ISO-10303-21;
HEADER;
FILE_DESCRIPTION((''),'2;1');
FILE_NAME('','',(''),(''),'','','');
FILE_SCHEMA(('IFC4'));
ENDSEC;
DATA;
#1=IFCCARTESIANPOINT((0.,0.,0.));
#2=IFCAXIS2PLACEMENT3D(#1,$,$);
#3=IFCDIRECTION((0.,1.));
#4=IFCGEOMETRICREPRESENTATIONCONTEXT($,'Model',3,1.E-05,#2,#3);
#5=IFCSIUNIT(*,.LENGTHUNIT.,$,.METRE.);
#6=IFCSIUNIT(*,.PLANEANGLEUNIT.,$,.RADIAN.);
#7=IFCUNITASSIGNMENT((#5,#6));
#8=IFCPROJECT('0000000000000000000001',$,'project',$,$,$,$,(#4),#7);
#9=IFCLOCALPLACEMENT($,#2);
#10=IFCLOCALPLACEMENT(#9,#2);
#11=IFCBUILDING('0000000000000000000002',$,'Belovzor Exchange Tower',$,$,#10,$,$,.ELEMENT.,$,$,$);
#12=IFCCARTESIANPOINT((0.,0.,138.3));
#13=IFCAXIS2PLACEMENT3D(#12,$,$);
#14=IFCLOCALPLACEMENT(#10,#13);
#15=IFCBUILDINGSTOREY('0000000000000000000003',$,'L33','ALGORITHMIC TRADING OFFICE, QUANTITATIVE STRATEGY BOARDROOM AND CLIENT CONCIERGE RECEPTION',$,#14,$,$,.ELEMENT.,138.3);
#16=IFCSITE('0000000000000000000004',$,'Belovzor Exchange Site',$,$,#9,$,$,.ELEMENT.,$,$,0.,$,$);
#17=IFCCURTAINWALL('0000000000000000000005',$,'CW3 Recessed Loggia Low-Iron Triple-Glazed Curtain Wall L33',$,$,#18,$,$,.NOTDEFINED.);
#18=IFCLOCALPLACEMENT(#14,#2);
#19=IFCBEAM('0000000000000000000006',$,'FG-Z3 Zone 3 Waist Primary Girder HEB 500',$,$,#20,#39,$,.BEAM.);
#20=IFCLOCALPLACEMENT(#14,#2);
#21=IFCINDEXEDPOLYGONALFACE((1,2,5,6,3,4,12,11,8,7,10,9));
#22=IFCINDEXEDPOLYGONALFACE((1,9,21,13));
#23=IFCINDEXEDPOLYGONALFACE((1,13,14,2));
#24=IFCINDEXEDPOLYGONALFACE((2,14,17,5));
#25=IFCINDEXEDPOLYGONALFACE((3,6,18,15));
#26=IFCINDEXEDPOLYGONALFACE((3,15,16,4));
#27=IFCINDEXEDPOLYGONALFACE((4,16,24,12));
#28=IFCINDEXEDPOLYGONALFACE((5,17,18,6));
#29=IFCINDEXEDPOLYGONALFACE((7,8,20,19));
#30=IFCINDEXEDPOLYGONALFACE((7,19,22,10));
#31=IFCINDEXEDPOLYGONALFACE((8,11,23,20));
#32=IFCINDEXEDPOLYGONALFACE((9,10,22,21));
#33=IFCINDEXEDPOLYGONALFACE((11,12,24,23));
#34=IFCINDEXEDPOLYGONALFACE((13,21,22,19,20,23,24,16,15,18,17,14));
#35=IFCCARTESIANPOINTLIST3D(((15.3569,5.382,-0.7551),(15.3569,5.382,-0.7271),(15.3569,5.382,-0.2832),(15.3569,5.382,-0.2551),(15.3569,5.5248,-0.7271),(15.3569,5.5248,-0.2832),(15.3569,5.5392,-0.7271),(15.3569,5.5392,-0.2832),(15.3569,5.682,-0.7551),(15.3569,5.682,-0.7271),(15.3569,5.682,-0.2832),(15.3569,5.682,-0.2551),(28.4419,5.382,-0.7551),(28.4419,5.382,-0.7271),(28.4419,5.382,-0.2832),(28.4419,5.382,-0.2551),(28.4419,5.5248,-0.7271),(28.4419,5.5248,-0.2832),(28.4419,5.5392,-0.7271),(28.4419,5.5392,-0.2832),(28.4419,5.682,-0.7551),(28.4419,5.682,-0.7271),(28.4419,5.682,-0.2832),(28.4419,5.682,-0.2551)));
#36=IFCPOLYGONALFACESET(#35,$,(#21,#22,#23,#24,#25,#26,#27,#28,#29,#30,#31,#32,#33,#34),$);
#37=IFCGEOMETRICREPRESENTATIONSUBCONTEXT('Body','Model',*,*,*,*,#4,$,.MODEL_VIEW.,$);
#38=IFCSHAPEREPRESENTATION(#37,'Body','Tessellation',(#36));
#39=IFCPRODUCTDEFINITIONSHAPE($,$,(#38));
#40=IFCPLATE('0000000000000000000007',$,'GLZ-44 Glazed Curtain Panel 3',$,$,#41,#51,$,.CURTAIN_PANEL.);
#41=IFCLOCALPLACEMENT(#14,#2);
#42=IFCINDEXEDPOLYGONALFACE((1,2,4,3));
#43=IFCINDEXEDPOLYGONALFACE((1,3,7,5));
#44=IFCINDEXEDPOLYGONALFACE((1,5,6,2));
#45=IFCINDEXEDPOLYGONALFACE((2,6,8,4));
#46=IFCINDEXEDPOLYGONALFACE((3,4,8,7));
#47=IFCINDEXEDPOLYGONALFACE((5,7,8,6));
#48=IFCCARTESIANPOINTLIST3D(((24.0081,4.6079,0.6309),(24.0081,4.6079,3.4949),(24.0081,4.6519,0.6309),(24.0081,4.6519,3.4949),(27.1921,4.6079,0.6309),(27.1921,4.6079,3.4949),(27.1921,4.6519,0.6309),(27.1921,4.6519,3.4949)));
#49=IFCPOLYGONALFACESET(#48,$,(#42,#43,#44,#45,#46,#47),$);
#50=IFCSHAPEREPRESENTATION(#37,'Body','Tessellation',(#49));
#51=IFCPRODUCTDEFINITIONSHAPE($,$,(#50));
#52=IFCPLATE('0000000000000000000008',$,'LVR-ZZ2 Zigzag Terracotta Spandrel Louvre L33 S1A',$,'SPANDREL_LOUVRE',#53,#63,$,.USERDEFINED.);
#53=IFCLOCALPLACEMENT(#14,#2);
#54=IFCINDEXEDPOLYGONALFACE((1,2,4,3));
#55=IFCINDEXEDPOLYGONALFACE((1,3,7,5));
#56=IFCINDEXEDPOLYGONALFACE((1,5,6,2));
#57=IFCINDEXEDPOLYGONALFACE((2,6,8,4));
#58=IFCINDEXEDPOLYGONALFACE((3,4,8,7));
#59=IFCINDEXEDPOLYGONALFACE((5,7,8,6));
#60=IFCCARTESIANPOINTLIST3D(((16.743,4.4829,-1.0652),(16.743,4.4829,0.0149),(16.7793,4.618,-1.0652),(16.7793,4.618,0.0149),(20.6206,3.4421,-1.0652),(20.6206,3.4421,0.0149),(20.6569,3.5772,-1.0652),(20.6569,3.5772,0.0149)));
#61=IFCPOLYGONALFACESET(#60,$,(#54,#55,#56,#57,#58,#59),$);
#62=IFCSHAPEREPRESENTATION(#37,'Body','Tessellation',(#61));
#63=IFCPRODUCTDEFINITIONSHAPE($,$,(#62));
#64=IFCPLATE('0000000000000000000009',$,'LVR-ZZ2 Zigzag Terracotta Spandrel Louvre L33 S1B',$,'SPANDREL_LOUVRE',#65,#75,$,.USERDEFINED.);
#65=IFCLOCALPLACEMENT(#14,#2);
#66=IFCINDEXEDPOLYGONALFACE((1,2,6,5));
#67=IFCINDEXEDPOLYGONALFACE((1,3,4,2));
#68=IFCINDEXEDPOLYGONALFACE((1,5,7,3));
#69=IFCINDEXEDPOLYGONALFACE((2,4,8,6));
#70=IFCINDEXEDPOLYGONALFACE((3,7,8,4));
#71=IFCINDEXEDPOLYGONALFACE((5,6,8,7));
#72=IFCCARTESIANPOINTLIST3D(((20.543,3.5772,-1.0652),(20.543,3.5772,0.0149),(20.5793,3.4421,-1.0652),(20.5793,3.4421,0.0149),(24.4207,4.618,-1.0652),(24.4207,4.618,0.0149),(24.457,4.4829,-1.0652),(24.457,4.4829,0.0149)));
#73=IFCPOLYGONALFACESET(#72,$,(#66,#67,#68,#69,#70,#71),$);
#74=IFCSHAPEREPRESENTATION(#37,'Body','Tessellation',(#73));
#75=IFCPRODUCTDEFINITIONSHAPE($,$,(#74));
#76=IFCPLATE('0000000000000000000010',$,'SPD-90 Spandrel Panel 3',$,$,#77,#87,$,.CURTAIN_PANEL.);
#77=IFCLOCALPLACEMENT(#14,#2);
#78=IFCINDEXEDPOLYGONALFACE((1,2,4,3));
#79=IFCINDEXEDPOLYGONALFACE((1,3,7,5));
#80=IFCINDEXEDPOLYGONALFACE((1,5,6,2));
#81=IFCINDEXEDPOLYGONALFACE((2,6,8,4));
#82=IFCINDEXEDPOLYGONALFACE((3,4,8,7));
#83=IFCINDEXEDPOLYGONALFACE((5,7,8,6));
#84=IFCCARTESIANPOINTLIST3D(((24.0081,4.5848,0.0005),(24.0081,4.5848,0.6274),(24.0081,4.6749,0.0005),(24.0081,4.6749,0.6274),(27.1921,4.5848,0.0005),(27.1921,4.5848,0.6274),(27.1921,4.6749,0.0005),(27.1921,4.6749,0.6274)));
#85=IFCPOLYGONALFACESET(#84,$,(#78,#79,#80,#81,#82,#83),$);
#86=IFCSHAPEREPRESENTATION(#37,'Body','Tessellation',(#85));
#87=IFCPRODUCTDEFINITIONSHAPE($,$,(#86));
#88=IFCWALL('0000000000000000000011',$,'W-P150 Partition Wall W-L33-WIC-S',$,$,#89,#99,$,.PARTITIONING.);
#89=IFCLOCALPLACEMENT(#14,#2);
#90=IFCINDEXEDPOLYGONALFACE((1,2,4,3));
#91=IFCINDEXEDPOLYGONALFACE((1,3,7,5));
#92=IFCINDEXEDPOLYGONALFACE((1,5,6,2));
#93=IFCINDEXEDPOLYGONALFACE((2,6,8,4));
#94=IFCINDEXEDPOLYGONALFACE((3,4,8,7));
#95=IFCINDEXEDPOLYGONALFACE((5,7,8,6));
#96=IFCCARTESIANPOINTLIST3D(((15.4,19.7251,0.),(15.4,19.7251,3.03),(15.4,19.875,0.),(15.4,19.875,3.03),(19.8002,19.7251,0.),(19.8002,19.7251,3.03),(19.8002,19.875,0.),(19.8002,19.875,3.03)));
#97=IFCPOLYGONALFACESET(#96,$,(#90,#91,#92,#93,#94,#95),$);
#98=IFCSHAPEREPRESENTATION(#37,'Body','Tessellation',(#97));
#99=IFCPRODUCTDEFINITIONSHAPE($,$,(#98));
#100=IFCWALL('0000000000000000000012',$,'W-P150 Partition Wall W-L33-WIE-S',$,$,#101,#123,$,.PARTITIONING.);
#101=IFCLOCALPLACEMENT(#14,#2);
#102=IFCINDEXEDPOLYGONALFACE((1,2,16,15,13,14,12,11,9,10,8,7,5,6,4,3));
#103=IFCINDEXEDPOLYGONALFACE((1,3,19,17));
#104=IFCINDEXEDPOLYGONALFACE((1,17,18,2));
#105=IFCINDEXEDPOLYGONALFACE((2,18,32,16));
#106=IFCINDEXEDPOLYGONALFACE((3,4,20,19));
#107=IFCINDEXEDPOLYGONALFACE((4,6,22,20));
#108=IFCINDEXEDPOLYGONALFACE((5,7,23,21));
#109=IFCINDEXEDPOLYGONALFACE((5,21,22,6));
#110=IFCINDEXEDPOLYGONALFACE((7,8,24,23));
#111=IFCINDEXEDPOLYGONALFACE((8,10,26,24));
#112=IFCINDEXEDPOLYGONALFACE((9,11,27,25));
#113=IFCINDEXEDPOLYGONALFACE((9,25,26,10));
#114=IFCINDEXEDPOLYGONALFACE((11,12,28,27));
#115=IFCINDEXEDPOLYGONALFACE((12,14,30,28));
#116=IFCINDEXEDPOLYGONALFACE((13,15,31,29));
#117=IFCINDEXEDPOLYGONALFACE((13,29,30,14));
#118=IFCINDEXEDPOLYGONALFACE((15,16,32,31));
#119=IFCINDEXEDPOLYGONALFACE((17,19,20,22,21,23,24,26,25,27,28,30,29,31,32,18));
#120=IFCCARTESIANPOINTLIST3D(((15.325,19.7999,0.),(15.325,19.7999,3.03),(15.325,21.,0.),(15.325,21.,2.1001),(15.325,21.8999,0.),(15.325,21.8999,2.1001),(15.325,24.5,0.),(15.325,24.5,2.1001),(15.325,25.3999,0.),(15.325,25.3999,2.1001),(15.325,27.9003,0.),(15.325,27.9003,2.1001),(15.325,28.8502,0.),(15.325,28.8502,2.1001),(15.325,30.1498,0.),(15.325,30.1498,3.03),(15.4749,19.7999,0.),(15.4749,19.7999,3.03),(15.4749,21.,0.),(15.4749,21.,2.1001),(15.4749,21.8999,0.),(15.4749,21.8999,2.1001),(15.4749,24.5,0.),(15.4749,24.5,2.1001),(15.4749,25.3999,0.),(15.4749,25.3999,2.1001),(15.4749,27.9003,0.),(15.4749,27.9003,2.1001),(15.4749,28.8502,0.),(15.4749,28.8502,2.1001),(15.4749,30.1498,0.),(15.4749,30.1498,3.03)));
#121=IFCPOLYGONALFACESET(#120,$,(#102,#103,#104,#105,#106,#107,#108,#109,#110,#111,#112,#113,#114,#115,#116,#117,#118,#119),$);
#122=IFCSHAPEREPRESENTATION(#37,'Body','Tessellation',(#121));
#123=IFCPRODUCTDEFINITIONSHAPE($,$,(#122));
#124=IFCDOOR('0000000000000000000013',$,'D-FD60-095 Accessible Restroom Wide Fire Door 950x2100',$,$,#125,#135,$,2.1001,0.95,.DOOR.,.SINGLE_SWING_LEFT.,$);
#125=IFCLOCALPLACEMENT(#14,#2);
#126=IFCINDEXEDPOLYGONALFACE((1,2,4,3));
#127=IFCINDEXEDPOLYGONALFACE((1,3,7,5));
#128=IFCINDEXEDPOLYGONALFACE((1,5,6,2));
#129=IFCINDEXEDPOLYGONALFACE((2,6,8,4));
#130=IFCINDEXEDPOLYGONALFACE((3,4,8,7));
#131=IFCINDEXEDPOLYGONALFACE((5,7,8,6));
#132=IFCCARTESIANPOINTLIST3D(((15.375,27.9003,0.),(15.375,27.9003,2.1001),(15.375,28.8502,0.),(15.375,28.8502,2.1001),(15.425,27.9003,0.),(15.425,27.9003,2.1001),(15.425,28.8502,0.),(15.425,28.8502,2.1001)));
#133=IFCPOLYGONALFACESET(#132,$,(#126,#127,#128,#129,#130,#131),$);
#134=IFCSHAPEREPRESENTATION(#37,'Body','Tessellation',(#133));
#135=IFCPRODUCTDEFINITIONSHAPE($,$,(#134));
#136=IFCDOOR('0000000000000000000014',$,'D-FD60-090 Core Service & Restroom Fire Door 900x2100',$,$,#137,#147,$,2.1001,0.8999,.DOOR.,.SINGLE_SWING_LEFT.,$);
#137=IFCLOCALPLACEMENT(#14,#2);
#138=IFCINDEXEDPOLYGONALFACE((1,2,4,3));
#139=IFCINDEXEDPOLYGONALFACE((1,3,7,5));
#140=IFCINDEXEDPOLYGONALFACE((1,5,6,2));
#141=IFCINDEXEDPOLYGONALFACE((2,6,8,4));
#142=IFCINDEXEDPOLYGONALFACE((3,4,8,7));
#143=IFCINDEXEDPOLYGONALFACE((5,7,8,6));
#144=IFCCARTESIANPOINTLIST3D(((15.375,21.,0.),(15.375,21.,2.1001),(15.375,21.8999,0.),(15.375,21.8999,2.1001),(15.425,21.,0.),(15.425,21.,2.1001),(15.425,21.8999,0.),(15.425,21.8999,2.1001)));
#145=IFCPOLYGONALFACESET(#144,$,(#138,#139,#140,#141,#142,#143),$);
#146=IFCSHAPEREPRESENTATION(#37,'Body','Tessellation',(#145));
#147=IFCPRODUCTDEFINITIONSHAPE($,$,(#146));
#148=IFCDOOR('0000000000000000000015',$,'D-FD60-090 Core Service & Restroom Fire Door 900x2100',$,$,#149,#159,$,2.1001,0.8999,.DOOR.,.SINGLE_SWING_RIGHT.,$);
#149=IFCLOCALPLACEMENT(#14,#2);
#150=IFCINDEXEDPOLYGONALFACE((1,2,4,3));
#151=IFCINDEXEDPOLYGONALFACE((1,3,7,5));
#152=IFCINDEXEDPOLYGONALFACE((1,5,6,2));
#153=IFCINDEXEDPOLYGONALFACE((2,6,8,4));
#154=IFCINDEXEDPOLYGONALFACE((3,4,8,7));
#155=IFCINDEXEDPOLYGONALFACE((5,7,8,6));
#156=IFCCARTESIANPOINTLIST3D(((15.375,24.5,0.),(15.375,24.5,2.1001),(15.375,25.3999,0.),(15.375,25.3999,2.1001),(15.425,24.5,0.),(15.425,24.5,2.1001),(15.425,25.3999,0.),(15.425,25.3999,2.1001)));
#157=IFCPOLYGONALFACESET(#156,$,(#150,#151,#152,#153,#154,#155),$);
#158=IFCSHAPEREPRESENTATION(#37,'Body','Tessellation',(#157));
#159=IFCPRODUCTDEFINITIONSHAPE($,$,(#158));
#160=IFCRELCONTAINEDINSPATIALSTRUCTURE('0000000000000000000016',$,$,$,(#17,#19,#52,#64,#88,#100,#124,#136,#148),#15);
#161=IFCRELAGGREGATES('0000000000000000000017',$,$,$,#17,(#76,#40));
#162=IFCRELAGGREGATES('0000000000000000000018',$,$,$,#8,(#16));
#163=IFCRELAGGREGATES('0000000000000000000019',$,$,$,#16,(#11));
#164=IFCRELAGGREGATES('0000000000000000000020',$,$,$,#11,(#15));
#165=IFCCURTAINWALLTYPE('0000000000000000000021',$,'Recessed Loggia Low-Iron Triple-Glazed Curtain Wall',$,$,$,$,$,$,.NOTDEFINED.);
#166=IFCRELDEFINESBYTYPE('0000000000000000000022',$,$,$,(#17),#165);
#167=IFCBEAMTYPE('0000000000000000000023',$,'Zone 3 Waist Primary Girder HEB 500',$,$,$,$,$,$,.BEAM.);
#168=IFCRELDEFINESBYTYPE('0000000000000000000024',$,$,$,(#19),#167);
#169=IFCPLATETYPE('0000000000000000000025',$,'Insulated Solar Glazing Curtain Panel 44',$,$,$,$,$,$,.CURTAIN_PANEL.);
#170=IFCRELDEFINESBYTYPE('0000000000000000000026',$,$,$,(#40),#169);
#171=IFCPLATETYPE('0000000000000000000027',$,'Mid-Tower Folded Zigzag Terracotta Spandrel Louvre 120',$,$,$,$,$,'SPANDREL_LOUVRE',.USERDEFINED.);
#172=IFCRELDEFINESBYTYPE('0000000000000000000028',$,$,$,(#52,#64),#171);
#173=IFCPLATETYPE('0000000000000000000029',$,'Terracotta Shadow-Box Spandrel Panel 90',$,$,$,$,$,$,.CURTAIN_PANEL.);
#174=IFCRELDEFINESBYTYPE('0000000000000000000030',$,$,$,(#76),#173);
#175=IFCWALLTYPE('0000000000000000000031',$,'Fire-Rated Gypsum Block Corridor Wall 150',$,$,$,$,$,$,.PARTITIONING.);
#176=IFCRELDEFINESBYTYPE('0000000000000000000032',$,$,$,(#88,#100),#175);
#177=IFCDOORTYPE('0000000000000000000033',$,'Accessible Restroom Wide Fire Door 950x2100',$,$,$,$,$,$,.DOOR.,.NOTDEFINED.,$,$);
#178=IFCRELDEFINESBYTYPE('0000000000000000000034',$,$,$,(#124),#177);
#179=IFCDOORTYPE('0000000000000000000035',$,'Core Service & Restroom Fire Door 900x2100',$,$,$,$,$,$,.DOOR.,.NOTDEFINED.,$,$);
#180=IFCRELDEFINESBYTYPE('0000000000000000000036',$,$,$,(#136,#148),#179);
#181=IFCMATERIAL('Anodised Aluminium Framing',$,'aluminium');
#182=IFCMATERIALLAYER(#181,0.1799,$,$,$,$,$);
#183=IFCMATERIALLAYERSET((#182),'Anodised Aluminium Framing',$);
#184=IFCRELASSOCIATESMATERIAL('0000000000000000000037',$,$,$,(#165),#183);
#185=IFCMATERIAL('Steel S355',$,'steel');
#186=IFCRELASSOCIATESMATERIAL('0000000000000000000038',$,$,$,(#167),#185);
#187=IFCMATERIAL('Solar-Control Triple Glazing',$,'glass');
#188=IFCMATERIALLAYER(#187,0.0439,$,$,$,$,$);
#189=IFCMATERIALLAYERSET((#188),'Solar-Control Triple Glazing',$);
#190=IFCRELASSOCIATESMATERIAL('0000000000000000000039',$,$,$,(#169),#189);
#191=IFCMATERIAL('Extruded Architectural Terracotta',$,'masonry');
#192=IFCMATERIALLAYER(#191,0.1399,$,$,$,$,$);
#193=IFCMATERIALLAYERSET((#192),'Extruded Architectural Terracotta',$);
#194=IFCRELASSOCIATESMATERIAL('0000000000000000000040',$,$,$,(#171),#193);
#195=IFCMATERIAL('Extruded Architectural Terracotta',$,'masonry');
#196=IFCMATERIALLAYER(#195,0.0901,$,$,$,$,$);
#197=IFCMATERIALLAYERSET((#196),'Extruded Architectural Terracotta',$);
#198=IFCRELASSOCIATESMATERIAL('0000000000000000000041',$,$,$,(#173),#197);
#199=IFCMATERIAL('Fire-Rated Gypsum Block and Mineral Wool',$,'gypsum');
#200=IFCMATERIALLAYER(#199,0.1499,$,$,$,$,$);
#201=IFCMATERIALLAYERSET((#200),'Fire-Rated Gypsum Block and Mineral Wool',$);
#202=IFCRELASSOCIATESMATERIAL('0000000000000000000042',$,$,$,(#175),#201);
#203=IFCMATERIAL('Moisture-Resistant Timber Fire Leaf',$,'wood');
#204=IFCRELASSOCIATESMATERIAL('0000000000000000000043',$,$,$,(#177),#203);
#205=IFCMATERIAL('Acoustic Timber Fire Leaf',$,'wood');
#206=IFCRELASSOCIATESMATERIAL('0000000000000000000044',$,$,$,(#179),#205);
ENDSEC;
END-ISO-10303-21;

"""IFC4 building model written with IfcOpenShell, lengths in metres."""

from ifc_helpers import new_model, si_unit, direction, frame, frame_2d, origin, origin_2d, place, context, subcontext, project, spatial, rectangle, i_section, extrude, material, layer, layer_set, material_profile, profile_set, type_object, element, fill, aggregate, save


model = new_model("IFC4")

# Units and contexts
model_context = context("Model", 3, precision=1e-05, world=origin(), true_north=direction((0.0, 1.0)))
body_context = subcontext(model_context, "Body", "Model", "MODEL_VIEW")
ifc_project = project(units=[si_unit("LENGTHUNIT", "METRE"), si_unit("PLANEANGLEUNIT", "RADIAN")], contexts=[model_context])

# Site, building, storey
site_placement = place(None, origin())
site = spatial("IfcSite", under=ifc_project, at=site_placement, Name="Belovzor Exchange Site", CompositionType="ELEMENT", RefElevation=0.0)
building_placement = place(site_placement, origin())
building = spatial("IfcBuilding", under=site, at=building_placement, Name="Belovzor Exchange Tower", CompositionType="ELEMENT")
storey_placement = place(building_placement, frame((0.0, 0.0, 138.3)))
storey = spatial("IfcBuildingStorey", under=building, at=storey_placement, Name="L33", Description="ALGORITHMIC TRADING OFFICE, QUANTITATIVE STRATEGY BOARDROOM AND CLIENT CONCIERGE RECEPTION", CompositionType="ELEMENT", Elevation=138.3)

# Curtain wall
ifc_material_1 = material(Name="Anodised Aluminium Framing", Category="aluminium")
ifc_layer_1 = layer(ifc_material_1, 0.1799)
ifc_layer_set_1 = layer_set([ifc_layer_1], Name="Anodised Aluminium Framing")
curtain_wall_type = type_object("IfcCurtainWallType", Name="Recessed Loggia Low-Iron Triple-Glazed Curtain Wall", PredefinedType="NOTDEFINED", material=ifc_layer_set_1)
curtain_wall_placement = place(storey_placement, origin())
curtain_wall = element("IfcCurtainWall", 1, at=curtain_wall_placement, inside=storey, type_object=curtain_wall_type, Name="CW3 Recessed Loggia Low-Iron Triple-Glazed Curtain Wall L33", PredefinedType="NOTDEFINED")

# Beam
ifc_material_2 = material(Name="Steel S355", Category="steel")
ifc_material_profile_1 = material_profile(ifc_material_2, i_section(OverallWidth=0.3, OverallDepth=0.5, WebThickness=0.0144, FlangeThickness=0.0281, at=origin_2d()))
ifc_profile_set_1 = profile_set([ifc_material_profile_1], Name="Steel S355")
beam_type_1 = type_object("IfcBeamType", Name="Zone 3 Waist Primary Girder HEB 500", PredefinedType="BEAM", material=ifc_profile_set_1)
beam_1_placement = place(storey_placement, frame((15.3569, 5.532, -0.5051), z_axis=(1.0, 0.0, 0.0), x_axis=(0.0, 1.0, 0.0)))
element("IfcBeam", 2, at=beam_1_placement, inside=storey, type_object=beam_type_1, Name="FG-Z3 Zone 3 Waist Primary Girder HEB 500", PredefinedType="BEAM", context=body_context, shape_type="SweptSolid", body=[
    extrude(i_section(OverallWidth=0.3, OverallDepth=0.5, WebThickness=0.0144, FlangeThickness=0.0281, at=origin_2d()), origin(), (0.0, 0.0, 1.0), 13.085),
])

# Plate
ifc_material_3 = material(Name="Solar-Control Triple Glazing", Category="glass")
ifc_layer_2 = layer(ifc_material_3, 0.0439)
ifc_layer_set_2 = layer_set([ifc_layer_2], Name="Solar-Control Triple Glazing")
plate_type_1 = type_object("IfcPlateType", Name="Insulated Solar Glazing Curtain Panel 44", PredefinedType="CURTAIN_PANEL", material=ifc_layer_set_2)
plate_1_placement = place(storey_placement, frame((25.6001, 4.6299, 0.6309), z_axis=(0.0, 0.0, 1.0), x_axis=(-1.0, 0.0, 0.0)))
plate_1 = element("IfcPlate", 3, at=plate_1_placement, type_object=plate_type_1, Name="GLZ-44 Glazed Curtain Panel 3", PredefinedType="CURTAIN_PANEL", context=body_context, shape_type="SweptSolid", body=[
    extrude(rectangle(XDim=3.1841, YDim=0.0439, at=origin_2d()), origin(), (0.0, 0.0, 1.0), 2.864),
])

# Plates
ifc_material_4 = material(Name="Extruded Architectural Terracotta", Category="masonry")
ifc_layer_3 = layer(ifc_material_4, 0.1399)
ifc_layer_set_3 = layer_set([ifc_layer_3], Name="Extruded Architectural Terracotta")
plate_type_2 = type_object("IfcPlateType", Name="Mid-Tower Folded Zigzag Terracotta Spandrel Louvre 120", ElementType="SPANDREL_LOUVRE", PredefinedType="USERDEFINED", material=ifc_layer_set_3)
for number, where, z_axis, x_axis, name in (
    (4, (18.7, 4.03, -1.0652), (0.0, 0.0, 1.0), (0.965813, -0.25924, 0.0), "LVR-ZZ2 Zigzag Terracotta Spandrel Louvre L33 S1A"),
    (5, (22.5, 4.03, -1.0652), (0.0, 0.0, 1.0), (0.965813, 0.25924, 0.0), "LVR-ZZ2 Zigzag Terracotta Spandrel Louvre L33 S1B"),
):
    element("IfcPlate", number, at=place(storey_placement, frame(where, z_axis=z_axis, x_axis=x_axis)), inside=storey, type_object=plate_type_2, Name=name, ObjectType="SPANDREL_LOUVRE", PredefinedType="USERDEFINED", context=body_context, shape_type="SweptSolid", body=[
        extrude(rectangle(XDim=4.0149, YDim=0.1399, at=origin_2d()), origin(), (0.0, 0.0, 1.0), 1.0801),
    ])

# Plate
ifc_material_5 = material(Name="Extruded Architectural Terracotta", Category="masonry")
ifc_layer_4 = layer(ifc_material_5, 0.0901)
ifc_layer_set_4 = layer_set([ifc_layer_4], Name="Extruded Architectural Terracotta")
plate_type_3 = type_object("IfcPlateType", Name="Terracotta Shadow-Box Spandrel Panel 90", PredefinedType="CURTAIN_PANEL", material=ifc_layer_set_4)
plate_2_placement = place(storey_placement, frame((25.6001, 4.6299, 0.0005), z_axis=(0.0, 0.0, 1.0), x_axis=(-1.0, 0.0, 0.0)))
plate_2 = element("IfcPlate", 6, at=plate_2_placement, type_object=plate_type_3, Name="SPD-90 Spandrel Panel 3", PredefinedType="CURTAIN_PANEL", context=body_context, shape_type="SweptSolid", body=[
    extrude(rectangle(XDim=3.1841, YDim=0.0901, at=origin_2d()), origin(), (0.0, 0.0, 1.0), 0.627),
])
aggregate(curtain_wall, [plate_2, plate_1])

# Wall
ifc_material_6 = material(Name="Fire-Rated Gypsum Block and Mineral Wool", Category="gypsum")
ifc_layer_5 = layer(ifc_material_6, 0.1499)
ifc_layer_set_5 = layer_set([ifc_layer_5], Name="Fire-Rated Gypsum Block and Mineral Wool")
wall_type_1 = type_object("IfcWallType", Name="Fire-Rated Gypsum Block Corridor Wall 150", PredefinedType="PARTITIONING", material=ifc_layer_set_5)
wall_1_placement = place(storey_placement, frame((15.3999, 19.8, 0.0), z_axis=(0.0, 0.0, 1.0), x_axis=(1.0, 0.0, 0.0)))
element("IfcWall", 7, at=wall_1_placement, inside=storey, type_object=wall_type_1, Name="W-P150 Partition Wall W-L33-WIC-S", PredefinedType="PARTITIONING", context=body_context, shape_type="SweptSolid", body=[
    extrude(rectangle(XDim=4.4001, YDim=0.1499, at=frame_2d((2.2002, 0.0))), origin(), (0.0, 0.0, 1.0), 3.03),
])

# Wall, openings, doors
wall_2_placement = place(storey_placement, frame((15.3999, 19.8, 0.0), z_axis=(0.0, 0.0, 1.0), x_axis=(0.0, 1.0, 0.0)))
wall_2 = element("IfcWall", 8, at=wall_2_placement, inside=storey, type_object=wall_type_1, Name="W-P150 Partition Wall W-L33-WIE-S", PredefinedType="PARTITIONING", context=body_context, shape_type="SweptSolid", body=[
    extrude(rectangle(XDim=10.3499, YDim=0.1499, at=frame_2d((5.1748, 0.0))), origin(), (0.0, 0.0, 1.0), 3.03),
])
opening_1_placement = place(wall_2_placement, frame((1.2, 0.0, 0.0)))
opening_1 = element("IfcOpeningElement", 9, at=opening_1_placement, cuts=wall_2, PredefinedType="OPENING", context=body_context, shape_type="SweptSolid", body=[
    extrude(rectangle(XDim=0.8999, YDim=2.1001, at=frame_2d((0.45, 1.05))), frame((0.0, 0.085, 0.0), z_axis=(0.0, -1.0, 0.0), x_axis=(1.0, 0.0, 0.0)), (0.0, 0.0, 1.0), 0.1699),
])
opening_2_placement = place(wall_2_placement, frame((4.7, 0.0, 0.0)))
opening_2 = element("IfcOpeningElement", 10, at=opening_2_placement, cuts=wall_2, PredefinedType="OPENING", context=body_context, shape_type="SweptSolid", body=[
    extrude(rectangle(XDim=0.8999, YDim=2.1001, at=frame_2d((0.45, 1.05))), frame((0.0, 0.085, 0.0), z_axis=(0.0, -1.0, 0.0), x_axis=(1.0, 0.0, 0.0)), (0.0, 0.0, 1.0), 0.1699),
])
opening_3_placement = place(wall_2_placement, frame((8.1001, 0.0, 0.0)))
opening_3 = element("IfcOpeningElement", 11, at=opening_3_placement, cuts=wall_2, PredefinedType="OPENING", context=body_context, shape_type="SweptSolid", body=[
    extrude(rectangle(XDim=0.95, YDim=2.1001, at=frame_2d((0.4751, 1.05))), frame((0.0, 0.085, 0.0), z_axis=(0.0, -1.0, 0.0), x_axis=(1.0, 0.0, 0.0)), (0.0, 0.0, 1.0), 0.1699),
])
ifc_material_7 = material(Name="Moisture-Resistant Timber Fire Leaf", Category="wood")
door_type_1 = type_object("IfcDoorType", Name="Accessible Restroom Wide Fire Door 950x2100", OperationType="NOTDEFINED", PredefinedType="DOOR", material=ifc_material_7)
door_1_placement = place(opening_3_placement, origin())
door_1 = element("IfcDoor", 12, at=door_1_placement, inside=storey, type_object=door_type_1, Name="D-FD60-095 Accessible Restroom Wide Fire Door 950x2100", OperationType="SINGLE_SWING_LEFT", OverallHeight=2.1001, OverallWidth=0.95, PredefinedType="DOOR", context=body_context, shape_type="SweptSolid", body=[
    extrude(rectangle(XDim=0.95, YDim=2.1001, at=frame_2d((0.4751, 1.05))), frame((0.0, 0.0249, 0.0), z_axis=(0.0, -1.0, 0.0), x_axis=(1.0, 0.0, 0.0)), (0.0, 0.0, 1.0), 0.05),
])
fill(opening_3, door_1)
ifc_material_8 = material(Name="Acoustic Timber Fire Leaf", Category="wood")
door_type_2 = type_object("IfcDoorType", Name="Core Service & Restroom Fire Door 900x2100", OperationType="NOTDEFINED", PredefinedType="DOOR", material=ifc_material_8)
door_2_placement = place(opening_1_placement, origin())
door_2 = element("IfcDoor", 13, at=door_2_placement, inside=storey, type_object=door_type_2, Name="D-FD60-090 Core Service & Restroom Fire Door 900x2100", OperationType="SINGLE_SWING_LEFT", OverallHeight=2.1001, OverallWidth=0.8999, PredefinedType="DOOR", context=body_context, shape_type="SweptSolid", body=[
    extrude(rectangle(XDim=0.8999, YDim=2.1001, at=frame_2d((0.45, 1.05))), frame((0.0, 0.0249, 0.0), z_axis=(0.0, -1.0, 0.0), x_axis=(1.0, 0.0, 0.0)), (0.0, 0.0, 1.0), 0.05),
])
fill(opening_1, door_2)
door_3_placement = place(opening_2_placement, origin())
door_3 = element("IfcDoor", 14, at=door_3_placement, inside=storey, type_object=door_type_2, Name="D-FD60-090 Core Service & Restroom Fire Door 900x2100", OperationType="SINGLE_SWING_RIGHT", OverallHeight=2.1001, OverallWidth=0.8999, PredefinedType="DOOR", context=body_context, shape_type="SweptSolid", body=[
    extrude(rectangle(XDim=0.8999, YDim=2.1001, at=frame_2d((0.45, 1.05))), frame((0.0, 0.0249, 0.0), z_axis=(0.0, -1.0, 0.0), x_axis=(1.0, 0.0, 0.0)), (0.0, 0.0, 1.0), 0.05),
])
fill(opening_2, door_3)

save(model, "model.ifc")
